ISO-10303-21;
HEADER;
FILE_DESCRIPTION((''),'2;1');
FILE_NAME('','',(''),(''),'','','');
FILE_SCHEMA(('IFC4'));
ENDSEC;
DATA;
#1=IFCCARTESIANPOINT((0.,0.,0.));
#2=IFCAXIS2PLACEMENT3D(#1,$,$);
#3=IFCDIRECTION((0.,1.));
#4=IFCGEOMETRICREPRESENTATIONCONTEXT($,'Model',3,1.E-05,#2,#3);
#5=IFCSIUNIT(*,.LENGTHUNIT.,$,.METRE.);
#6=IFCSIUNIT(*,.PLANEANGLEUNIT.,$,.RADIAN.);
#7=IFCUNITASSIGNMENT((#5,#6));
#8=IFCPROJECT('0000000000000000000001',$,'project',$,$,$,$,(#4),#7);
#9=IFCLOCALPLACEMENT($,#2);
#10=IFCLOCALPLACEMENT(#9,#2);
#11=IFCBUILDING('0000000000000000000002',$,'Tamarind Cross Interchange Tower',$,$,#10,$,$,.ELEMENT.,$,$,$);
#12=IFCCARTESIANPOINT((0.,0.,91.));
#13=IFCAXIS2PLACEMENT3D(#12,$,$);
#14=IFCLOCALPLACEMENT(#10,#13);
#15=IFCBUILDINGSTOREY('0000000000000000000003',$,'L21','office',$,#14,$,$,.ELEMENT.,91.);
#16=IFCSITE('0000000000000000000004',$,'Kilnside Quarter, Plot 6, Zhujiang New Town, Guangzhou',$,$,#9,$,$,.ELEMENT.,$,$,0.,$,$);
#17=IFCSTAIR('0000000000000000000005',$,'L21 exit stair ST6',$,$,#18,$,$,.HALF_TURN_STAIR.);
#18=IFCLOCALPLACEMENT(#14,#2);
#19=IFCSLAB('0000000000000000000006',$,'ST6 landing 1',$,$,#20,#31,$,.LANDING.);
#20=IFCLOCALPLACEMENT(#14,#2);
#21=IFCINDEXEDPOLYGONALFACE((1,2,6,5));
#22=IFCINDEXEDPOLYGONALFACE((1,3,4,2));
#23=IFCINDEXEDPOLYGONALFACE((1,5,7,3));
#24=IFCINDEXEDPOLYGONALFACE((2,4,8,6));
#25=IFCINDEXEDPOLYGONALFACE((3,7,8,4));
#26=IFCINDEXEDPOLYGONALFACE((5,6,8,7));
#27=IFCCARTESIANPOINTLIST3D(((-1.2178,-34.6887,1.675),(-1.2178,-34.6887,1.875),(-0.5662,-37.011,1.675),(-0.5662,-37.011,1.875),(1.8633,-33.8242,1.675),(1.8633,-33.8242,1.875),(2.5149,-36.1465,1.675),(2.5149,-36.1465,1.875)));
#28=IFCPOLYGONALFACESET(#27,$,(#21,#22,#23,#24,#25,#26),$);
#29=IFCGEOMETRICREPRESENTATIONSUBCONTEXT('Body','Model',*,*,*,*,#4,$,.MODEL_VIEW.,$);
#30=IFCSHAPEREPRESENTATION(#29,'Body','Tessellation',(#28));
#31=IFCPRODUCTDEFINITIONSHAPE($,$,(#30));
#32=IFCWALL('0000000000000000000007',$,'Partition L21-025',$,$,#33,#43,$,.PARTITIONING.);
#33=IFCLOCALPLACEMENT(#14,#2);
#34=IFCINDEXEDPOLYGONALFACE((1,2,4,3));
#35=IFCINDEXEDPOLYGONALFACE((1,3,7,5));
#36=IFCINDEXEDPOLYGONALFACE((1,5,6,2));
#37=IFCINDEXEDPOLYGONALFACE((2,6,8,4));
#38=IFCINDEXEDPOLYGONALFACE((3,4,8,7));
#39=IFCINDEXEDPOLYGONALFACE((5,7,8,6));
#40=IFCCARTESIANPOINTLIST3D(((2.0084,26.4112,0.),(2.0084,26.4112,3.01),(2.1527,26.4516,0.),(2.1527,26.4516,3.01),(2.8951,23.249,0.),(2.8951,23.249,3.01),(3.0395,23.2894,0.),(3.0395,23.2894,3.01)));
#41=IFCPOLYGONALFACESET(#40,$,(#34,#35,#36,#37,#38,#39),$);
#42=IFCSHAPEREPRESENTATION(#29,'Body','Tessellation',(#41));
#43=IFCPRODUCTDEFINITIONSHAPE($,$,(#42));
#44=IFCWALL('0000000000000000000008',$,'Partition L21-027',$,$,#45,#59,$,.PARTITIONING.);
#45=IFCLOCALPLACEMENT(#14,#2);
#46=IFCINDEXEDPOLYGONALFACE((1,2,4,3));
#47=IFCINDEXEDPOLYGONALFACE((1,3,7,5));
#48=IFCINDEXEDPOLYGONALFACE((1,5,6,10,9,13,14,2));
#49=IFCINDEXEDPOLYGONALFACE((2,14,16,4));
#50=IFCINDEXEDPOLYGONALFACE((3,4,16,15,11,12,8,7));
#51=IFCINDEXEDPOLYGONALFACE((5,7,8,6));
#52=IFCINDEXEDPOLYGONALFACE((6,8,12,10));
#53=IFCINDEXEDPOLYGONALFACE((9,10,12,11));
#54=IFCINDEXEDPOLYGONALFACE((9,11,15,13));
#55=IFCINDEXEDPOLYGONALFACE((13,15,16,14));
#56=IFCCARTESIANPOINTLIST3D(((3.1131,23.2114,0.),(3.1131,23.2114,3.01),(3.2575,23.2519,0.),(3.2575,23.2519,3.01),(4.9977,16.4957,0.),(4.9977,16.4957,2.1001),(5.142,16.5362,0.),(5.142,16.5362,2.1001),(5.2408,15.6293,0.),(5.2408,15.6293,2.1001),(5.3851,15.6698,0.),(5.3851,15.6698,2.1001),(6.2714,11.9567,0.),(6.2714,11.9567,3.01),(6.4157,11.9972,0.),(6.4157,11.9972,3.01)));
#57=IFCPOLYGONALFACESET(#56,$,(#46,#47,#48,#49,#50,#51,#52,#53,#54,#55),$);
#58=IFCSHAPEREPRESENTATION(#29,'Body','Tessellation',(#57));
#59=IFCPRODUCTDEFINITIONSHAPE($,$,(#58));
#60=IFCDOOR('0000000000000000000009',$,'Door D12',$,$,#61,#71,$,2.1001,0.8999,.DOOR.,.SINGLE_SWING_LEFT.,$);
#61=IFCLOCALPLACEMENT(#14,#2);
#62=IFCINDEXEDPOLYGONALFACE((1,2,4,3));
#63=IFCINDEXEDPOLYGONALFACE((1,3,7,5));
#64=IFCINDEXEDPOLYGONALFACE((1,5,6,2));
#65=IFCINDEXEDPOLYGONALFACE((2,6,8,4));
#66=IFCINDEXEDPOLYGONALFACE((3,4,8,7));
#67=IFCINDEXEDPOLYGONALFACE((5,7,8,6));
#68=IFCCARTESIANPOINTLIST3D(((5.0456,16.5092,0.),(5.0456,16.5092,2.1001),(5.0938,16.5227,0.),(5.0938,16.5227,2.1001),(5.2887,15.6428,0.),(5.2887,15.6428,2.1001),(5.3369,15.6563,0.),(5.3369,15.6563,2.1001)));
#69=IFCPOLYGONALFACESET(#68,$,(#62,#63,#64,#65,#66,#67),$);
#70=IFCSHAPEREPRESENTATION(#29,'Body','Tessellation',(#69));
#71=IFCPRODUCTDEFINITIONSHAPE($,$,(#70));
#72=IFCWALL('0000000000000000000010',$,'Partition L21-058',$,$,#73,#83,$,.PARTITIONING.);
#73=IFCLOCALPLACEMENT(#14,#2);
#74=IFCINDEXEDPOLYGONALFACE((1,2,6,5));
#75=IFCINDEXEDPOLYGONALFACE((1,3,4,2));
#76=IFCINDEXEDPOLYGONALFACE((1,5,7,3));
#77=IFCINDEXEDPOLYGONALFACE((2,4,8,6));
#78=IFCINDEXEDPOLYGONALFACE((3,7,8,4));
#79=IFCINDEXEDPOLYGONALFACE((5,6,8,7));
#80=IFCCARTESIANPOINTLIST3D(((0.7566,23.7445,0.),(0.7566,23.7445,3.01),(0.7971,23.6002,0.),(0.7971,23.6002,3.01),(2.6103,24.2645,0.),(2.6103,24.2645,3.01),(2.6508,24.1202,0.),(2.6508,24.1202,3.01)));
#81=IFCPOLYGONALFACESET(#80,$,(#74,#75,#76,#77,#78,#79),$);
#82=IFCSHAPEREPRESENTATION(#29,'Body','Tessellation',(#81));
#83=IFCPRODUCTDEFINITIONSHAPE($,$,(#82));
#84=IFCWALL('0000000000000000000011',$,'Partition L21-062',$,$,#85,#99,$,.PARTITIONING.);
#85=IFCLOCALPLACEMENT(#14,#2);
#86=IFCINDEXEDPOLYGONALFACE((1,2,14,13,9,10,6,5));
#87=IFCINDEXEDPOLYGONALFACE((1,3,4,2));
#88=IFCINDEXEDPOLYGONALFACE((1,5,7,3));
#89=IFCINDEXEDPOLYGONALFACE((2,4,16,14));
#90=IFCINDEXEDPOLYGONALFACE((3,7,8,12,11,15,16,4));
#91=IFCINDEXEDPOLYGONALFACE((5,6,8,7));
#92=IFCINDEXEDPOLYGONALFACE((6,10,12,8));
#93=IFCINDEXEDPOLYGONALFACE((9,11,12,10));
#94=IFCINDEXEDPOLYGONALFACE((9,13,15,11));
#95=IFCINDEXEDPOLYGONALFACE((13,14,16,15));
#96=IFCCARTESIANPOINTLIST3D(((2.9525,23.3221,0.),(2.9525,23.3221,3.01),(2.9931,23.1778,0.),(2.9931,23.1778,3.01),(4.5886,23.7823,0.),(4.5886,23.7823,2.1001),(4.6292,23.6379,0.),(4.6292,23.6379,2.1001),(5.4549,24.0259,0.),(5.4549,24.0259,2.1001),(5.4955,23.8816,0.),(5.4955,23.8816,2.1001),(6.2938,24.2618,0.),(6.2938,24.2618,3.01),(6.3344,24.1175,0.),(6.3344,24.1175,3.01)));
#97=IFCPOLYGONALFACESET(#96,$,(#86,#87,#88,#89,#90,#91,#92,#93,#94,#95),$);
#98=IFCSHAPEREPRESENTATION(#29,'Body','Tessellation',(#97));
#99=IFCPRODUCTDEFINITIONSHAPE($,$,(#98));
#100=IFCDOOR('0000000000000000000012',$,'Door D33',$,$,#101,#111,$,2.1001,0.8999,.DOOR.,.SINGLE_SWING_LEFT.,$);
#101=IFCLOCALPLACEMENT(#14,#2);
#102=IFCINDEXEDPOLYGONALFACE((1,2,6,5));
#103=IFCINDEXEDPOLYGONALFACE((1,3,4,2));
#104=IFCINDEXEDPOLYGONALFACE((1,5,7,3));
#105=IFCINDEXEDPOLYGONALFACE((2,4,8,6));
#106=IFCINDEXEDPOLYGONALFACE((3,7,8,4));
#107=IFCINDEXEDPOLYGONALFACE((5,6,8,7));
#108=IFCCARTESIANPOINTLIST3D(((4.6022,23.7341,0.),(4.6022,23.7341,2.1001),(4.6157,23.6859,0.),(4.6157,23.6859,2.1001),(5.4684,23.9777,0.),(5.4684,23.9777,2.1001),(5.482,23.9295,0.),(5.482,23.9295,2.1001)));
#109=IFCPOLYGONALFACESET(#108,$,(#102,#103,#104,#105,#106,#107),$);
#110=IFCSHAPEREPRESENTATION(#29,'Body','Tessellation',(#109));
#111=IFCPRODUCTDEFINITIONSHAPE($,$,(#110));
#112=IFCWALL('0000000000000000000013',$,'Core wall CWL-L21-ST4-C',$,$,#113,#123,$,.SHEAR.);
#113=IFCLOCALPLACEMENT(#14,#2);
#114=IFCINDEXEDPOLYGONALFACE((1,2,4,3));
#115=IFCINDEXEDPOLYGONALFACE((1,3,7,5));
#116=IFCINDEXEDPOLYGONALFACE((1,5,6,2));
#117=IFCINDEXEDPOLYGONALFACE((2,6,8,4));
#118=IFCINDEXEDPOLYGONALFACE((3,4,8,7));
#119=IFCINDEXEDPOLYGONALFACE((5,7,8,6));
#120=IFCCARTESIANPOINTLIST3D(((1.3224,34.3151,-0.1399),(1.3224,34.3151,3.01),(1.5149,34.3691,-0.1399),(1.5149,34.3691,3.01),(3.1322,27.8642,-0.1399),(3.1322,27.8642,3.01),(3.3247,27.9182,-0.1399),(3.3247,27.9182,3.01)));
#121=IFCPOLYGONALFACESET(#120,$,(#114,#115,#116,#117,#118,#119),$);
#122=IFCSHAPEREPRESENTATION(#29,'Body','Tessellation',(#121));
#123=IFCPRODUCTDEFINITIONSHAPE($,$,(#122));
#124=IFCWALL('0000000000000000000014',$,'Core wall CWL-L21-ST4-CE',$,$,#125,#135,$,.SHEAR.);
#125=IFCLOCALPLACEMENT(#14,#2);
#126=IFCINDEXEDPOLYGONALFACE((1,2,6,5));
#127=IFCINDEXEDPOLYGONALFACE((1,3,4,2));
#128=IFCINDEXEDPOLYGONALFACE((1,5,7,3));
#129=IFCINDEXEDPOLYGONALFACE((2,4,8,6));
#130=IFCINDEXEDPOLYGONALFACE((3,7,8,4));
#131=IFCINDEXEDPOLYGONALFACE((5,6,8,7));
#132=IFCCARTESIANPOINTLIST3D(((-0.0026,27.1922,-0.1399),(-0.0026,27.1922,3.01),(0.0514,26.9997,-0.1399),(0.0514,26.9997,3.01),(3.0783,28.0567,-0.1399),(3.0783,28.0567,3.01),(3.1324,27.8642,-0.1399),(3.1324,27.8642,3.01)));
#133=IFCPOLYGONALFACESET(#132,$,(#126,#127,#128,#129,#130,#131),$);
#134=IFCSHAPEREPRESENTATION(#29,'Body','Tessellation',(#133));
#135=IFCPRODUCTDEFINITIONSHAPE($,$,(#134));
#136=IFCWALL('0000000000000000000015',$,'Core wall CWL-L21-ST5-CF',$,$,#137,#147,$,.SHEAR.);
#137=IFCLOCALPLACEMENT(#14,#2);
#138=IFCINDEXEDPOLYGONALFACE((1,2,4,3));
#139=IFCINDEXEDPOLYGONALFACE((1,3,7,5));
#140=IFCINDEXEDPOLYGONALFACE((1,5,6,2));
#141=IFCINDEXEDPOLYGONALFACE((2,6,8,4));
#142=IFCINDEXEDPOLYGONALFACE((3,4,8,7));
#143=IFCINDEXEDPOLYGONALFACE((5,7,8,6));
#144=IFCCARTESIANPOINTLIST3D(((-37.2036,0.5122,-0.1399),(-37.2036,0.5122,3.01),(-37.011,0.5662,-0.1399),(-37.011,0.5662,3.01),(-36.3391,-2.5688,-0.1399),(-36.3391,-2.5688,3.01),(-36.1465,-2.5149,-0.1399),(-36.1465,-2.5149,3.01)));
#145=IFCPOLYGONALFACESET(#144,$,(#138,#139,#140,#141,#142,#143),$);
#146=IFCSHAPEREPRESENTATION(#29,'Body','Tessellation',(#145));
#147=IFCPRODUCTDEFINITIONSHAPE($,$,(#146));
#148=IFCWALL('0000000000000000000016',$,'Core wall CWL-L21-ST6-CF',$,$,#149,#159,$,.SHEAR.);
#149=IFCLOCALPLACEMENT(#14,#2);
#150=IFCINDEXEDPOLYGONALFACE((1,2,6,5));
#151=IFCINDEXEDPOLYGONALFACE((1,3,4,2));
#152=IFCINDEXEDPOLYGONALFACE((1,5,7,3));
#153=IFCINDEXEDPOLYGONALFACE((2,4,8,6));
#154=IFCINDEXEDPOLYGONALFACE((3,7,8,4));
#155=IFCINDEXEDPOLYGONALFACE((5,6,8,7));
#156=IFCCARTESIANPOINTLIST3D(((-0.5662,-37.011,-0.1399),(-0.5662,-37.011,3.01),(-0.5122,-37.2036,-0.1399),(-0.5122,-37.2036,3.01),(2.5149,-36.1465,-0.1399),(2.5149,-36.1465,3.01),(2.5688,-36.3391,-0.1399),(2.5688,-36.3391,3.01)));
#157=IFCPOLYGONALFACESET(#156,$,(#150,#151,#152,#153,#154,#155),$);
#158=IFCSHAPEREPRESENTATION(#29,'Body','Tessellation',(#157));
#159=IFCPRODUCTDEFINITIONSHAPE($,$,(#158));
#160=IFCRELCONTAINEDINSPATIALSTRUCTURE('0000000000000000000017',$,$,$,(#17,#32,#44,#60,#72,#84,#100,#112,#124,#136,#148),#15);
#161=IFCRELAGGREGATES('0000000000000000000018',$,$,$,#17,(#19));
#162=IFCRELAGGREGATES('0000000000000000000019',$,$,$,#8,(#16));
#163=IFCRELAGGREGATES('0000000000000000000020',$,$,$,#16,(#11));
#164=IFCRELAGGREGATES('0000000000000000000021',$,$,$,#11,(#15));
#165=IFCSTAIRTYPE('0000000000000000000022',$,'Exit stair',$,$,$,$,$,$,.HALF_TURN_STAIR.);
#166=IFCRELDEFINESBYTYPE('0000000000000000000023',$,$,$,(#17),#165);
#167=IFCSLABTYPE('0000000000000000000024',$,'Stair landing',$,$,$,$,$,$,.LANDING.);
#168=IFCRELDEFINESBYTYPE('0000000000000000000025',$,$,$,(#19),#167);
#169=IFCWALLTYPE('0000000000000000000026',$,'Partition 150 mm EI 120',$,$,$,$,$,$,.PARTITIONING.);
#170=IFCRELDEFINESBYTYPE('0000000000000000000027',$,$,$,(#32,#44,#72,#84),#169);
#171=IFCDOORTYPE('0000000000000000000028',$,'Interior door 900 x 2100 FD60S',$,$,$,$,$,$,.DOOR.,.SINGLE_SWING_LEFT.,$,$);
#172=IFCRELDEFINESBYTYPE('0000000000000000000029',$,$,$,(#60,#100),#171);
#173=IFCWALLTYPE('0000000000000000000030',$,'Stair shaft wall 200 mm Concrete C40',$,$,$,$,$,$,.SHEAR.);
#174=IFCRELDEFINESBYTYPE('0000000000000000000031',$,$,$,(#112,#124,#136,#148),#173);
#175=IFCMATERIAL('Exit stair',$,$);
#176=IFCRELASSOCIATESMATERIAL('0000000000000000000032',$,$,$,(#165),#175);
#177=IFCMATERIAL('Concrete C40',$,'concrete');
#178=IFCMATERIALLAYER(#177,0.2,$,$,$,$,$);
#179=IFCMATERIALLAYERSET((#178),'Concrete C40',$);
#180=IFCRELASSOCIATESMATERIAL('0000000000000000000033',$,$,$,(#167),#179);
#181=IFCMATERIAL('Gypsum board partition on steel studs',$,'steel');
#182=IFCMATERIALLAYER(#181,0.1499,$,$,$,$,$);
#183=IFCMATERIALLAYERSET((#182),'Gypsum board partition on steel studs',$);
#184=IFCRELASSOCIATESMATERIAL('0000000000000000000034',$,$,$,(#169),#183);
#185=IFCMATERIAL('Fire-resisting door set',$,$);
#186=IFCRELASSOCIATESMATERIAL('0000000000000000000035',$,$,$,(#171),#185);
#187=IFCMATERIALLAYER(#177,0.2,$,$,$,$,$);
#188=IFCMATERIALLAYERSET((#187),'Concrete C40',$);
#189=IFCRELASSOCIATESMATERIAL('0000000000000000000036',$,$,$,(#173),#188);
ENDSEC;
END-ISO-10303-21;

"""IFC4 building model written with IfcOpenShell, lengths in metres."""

from ifc_helpers import new_model, si_unit, direction, frame, frame_2d, origin, place, context, subcontext, project, spatial, polyline, rectangle, outline, extrude, material, layer, layer_set, type_object, element, fill, aggregate, save


model = new_model("IFC4")

# Units and contexts
model_context = context("Model", 3, precision=1e-05, world=origin(), true_north=direction((0.0, 1.0)))
body_context = subcontext(model_context, "Body", "Model", "MODEL_VIEW")
ifc_project = project(units=[si_unit("LENGTHUNIT", "METRE"), si_unit("PLANEANGLEUNIT", "RADIAN")], contexts=[model_context])

# Site, building, storey
site_placement = place(None, origin())
site = spatial("IfcSite", under=ifc_project, at=site_placement, Name="Kilnside Quarter, Plot 6, Zhujiang New Town, Guangzhou", CompositionType="ELEMENT", RefElevation=0.0)
building_placement = place(site_placement, origin())
building = spatial("IfcBuilding", under=site, at=building_placement, Name="Tamarind Cross Interchange Tower", CompositionType="ELEMENT")
storey_placement = place(building_placement, frame((0.0, 0.0, 91.0)))
storey = spatial("IfcBuildingStorey", under=building, at=storey_placement, Name="L21", Description="office", CompositionType="ELEMENT", Elevation=91.0)

# Stair, slab
ifc_material_1 = material(Name="Exit stair")
stair_type = type_object("IfcStairType", Name="Exit stair", PredefinedType="HALF_TURN_STAIR", material=ifc_material_1)
ifc_material_2 = material(Name="Concrete C40", Category="concrete")
ifc_layer_1 = layer(ifc_material_2, 0.2)
ifc_layer_set_1 = layer_set([ifc_layer_1], Name="Concrete C40")
slab_type = type_object("IfcSlabType", Name="Stair landing", PredefinedType="LANDING", material=ifc_layer_set_1)
stair_1_placement = place(storey_placement, origin())
stair_1 = element("IfcStair", 1, at=stair_1_placement, inside=storey, type_object=stair_type, Name="L21 exit stair ST6", PredefinedType="HALF_TURN_STAIR")
slab_1_placement = place(storey_placement, frame((0.0, 0.0, 1.675)))
slab_1 = element("IfcSlab", 2, at=slab_1_placement, type_object=slab_type, Name="ST6 landing 1", PredefinedType="LANDING", context=body_context, shape_type="SweptSolid", body=[
    extrude(outline(polyline([(-1.2178, -34.6887), (-0.5662, -37.011), (2.5149, -36.1465), (1.8633, -33.8242), (-1.2178, -34.6887)])), origin(), (0.0, 0.0, 1.0), 0.2),
])
aggregate(stair_1, [slab_1])

# Wall
ifc_material_3 = material(Name="Gypsum board partition on steel studs", Category="steel")
ifc_layer_2 = layer(ifc_material_3, 0.1499)
ifc_layer_set_2 = layer_set([ifc_layer_2], Name="Gypsum board partition on steel studs")
wall_type_1 = type_object("IfcWallType", Name="Partition 150 mm EI 120", PredefinedType="PARTITIONING", material=ifc_layer_set_2)
wall_1_placement = place(storey_placement, frame((2.0806, 26.4314, 0.0), z_axis=(0.0, 0.0, 1.0), x_axis=(0.270005, -0.962859, 0.0)))
element("IfcWall", 3, at=wall_1_placement, inside=storey, type_object=wall_type_1, Name="Partition L21-025", PredefinedType="PARTITIONING", context=body_context, shape_type="SweptSolid", body=[
    extrude(rectangle(XDim=3.2842, YDim=0.1499, at=frame_2d((1.6421, 0.0))), origin(), (0.0, 0.0, 1.0), 3.01),
])

# Wall, opening, door
wall_2_placement = place(storey_placement, frame((3.1853, 23.2317, 0.0), z_axis=(0.0, 0.0, 1.0), x_axis=(0.270178, -0.962811, 0.0)))
wall_2 = element("IfcWall", 4, at=wall_2_placement, inside=storey, type_object=wall_type_1, Name="Partition L21-027", PredefinedType="PARTITIONING", context=body_context, shape_type="SweptSolid", body=[
    extrude(rectangle(XDim=11.6895, YDim=0.1499, at=frame_2d((5.8447, 0.0))), origin(), (0.0, 0.0, 1.0), 3.01),
])
opening_1_placement = place(wall_2_placement, frame((6.9751, 0.0, 0.0)))
opening_1 = element("IfcOpeningElement", 5, at=opening_1_placement, cuts=wall_2, PredefinedType="OPENING", context=body_context, shape_type="SweptSolid", body=[
    extrude(rectangle(XDim=0.8999, YDim=2.1001, at=frame_2d((0.45, 1.05))), frame((0.0, 0.085, 0.0), z_axis=(0.0, -1.0, 0.0), x_axis=(1.0, 0.0, 0.0)), (0.0, 0.0, 1.0), 0.1699),
])
ifc_material_4 = material(Name="Fire-resisting door set")
door_type = type_object("IfcDoorType", Name="Interior door 900 x 2100 FD60S", OperationType="SINGLE_SWING_LEFT", PredefinedType="DOOR", material=ifc_material_4)
door_1_placement = place(opening_1_placement, origin())
door_1 = element("IfcDoor", 6, at=door_1_placement, inside=storey, type_object=door_type, Name="Door D12", OperationType="SINGLE_SWING_LEFT", OverallHeight=2.1001, OverallWidth=0.8999, PredefinedType="DOOR", context=body_context, shape_type="SweptSolid", body=[
    extrude(rectangle(XDim=0.8999, YDim=2.1001, at=frame_2d((0.45, 1.05))), frame((0.0, 0.0249, 0.0), z_axis=(0.0, -1.0, 0.0), x_axis=(1.0, 0.0, 0.0)), (0.0, 0.0, 1.0), 0.05),
])
fill(opening_1, door_1)

# Wall
wall_3_placement = place(storey_placement, frame((0.7769, 23.6724, 0.0), z_axis=(0.0, 0.0, 1.0), x_axis=(0.962834, 0.270096, 0.0)))
element("IfcWall", 7, at=wall_3_placement, inside=storey, type_object=wall_type_1, Name="Partition L21-058", PredefinedType="PARTITIONING", context=body_context, shape_type="SweptSolid", body=[
    extrude(rectangle(XDim=1.9253, YDim=0.1499, at=frame_2d((0.9626, 0.0))), origin(), (0.0, 0.0, 1.0), 3.01),
])

# Wall, opening, door
wall_4_placement = place(storey_placement, frame((2.9729, 23.25, 0.0), z_axis=(0.0, 0.0, 1.0), x_axis=(0.962654, 0.270733, 0.0)))
wall_4 = element("IfcWall", 8, at=wall_4_placement, inside=storey, type_object=wall_type_1, Name="Partition L21-062", PredefinedType="PARTITIONING", context=body_context, shape_type="SweptSolid", body=[
    extrude(rectangle(XDim=3.4709, YDim=0.1499, at=frame_2d((1.7354, 0.0))), origin(), (0.0, 0.0, 1.0), 3.01),
])
opening_2_placement = place(wall_4_placement, frame((1.6995, 0.0, 0.0)))
opening_2 = element("IfcOpeningElement", 9, at=opening_2_placement, cuts=wall_4, PredefinedType="OPENING", context=body_context, shape_type="SweptSolid", body=[
    extrude(rectangle(XDim=0.8999, YDim=2.1001, at=frame_2d((0.45, 1.05))), frame((0.0, 0.085, 0.0), z_axis=(0.0, -1.0, 0.0), x_axis=(1.0, 0.0, 0.0)), (0.0, 0.0, 1.0), 0.1699),
])
door_2_placement = place(opening_2_placement, origin())
door_2 = element("IfcDoor", 10, at=door_2_placement, inside=storey, type_object=door_type, Name="Door D33", OperationType="SINGLE_SWING_LEFT", OverallHeight=2.1001, OverallWidth=0.8999, PredefinedType="DOOR", context=body_context, shape_type="SweptSolid", body=[
    extrude(rectangle(XDim=0.8999, YDim=2.1001, at=frame_2d((0.45, 1.05))), frame((0.0, 0.0249, 0.0), z_axis=(0.0, -1.0, 0.0), x_axis=(1.0, 0.0, 0.0)), (0.0, 0.0, 1.0), 0.05),
])
fill(opening_2, door_2)

# Walls
ifc_layer_3 = layer(ifc_material_2, 0.2)
ifc_layer_set_3 = layer_set([ifc_layer_3], Name="Concrete C40")
wall_type_2 = type_object("IfcWallType", Name="Stair shaft wall 200 mm Concrete C40", PredefinedType="SHEAR", material=ifc_layer_set_3)
wall_5_placement = place(storey_placement, frame((3.2285, 27.8911, -0.1399), z_axis=(0.0, 0.0, 1.0), x_axis=(-0.270122, 0.962826, 0.0)))
element("IfcWall", 11, at=wall_5_placement, inside=storey, type_object=wall_type_2, Name="Core wall CWL-L21-ST4-C", PredefinedType="SHEAR", context=body_context, shape_type="SweptSolid", body=[
    extrude(rectangle(XDim=6.7, YDim=0.2, at=frame_2d((3.3501, 0.0))), origin(), (0.0, 0.0, 1.0), 3.1499),
])
wall_6_placement = place(storey_placement, frame((3.1055, 27.9604, -0.1399), z_axis=(0.0, 0.0, 1.0), x_axis=(-0.962817, -0.270153, 0.0)))
element("IfcWall", 12, at=wall_6_placement, inside=storey, type_object=wall_type_2, Name="Core wall CWL-L21-ST4-CE", PredefinedType="SHEAR", context=body_context, shape_type="SweptSolid", body=[
    extrude(rectangle(XDim=3.2, YDim=0.2, at=frame_2d((1.6001, 0.0))), origin(), (0.0, 0.0, 1.0), 3.1499),
])
wall_7_placement = place(storey_placement, frame((0.0, 0.0, -0.1399)))
element("IfcWall", 13, at=wall_7_placement, inside=storey, type_object=wall_type_2, Name="Core wall CWL-L21-ST5-CF", PredefinedType="SHEAR", context=body_context, shape_type="SweptSolid", body=[
    extrude(outline(polyline([(-37.011, 0.5662), (-37.2036, 0.5122), (-36.3391, -2.5688), (-36.1465, -2.5149), (-37.011, 0.5662)])), origin(), (0.0, 0.0, 1.0), 3.1499),
])
wall_8_placement = place(storey_placement, frame((0.0, 0.0, -0.1399)))
element("IfcWall", 14, at=wall_8_placement, inside=storey, type_object=wall_type_2, Name="Core wall CWL-L21-ST6-CF", PredefinedType="SHEAR", context=body_context, shape_type="SweptSolid", body=[
    extrude(outline(polyline([(-0.5662, -37.011), (-0.5122, -37.2036), (2.5688, -36.3391), (2.5149, -36.1465), (-0.5662, -37.011)])), origin(), (0.0, 0.0, 1.0), 3.1499),
])

save(model, "model.ifc")
